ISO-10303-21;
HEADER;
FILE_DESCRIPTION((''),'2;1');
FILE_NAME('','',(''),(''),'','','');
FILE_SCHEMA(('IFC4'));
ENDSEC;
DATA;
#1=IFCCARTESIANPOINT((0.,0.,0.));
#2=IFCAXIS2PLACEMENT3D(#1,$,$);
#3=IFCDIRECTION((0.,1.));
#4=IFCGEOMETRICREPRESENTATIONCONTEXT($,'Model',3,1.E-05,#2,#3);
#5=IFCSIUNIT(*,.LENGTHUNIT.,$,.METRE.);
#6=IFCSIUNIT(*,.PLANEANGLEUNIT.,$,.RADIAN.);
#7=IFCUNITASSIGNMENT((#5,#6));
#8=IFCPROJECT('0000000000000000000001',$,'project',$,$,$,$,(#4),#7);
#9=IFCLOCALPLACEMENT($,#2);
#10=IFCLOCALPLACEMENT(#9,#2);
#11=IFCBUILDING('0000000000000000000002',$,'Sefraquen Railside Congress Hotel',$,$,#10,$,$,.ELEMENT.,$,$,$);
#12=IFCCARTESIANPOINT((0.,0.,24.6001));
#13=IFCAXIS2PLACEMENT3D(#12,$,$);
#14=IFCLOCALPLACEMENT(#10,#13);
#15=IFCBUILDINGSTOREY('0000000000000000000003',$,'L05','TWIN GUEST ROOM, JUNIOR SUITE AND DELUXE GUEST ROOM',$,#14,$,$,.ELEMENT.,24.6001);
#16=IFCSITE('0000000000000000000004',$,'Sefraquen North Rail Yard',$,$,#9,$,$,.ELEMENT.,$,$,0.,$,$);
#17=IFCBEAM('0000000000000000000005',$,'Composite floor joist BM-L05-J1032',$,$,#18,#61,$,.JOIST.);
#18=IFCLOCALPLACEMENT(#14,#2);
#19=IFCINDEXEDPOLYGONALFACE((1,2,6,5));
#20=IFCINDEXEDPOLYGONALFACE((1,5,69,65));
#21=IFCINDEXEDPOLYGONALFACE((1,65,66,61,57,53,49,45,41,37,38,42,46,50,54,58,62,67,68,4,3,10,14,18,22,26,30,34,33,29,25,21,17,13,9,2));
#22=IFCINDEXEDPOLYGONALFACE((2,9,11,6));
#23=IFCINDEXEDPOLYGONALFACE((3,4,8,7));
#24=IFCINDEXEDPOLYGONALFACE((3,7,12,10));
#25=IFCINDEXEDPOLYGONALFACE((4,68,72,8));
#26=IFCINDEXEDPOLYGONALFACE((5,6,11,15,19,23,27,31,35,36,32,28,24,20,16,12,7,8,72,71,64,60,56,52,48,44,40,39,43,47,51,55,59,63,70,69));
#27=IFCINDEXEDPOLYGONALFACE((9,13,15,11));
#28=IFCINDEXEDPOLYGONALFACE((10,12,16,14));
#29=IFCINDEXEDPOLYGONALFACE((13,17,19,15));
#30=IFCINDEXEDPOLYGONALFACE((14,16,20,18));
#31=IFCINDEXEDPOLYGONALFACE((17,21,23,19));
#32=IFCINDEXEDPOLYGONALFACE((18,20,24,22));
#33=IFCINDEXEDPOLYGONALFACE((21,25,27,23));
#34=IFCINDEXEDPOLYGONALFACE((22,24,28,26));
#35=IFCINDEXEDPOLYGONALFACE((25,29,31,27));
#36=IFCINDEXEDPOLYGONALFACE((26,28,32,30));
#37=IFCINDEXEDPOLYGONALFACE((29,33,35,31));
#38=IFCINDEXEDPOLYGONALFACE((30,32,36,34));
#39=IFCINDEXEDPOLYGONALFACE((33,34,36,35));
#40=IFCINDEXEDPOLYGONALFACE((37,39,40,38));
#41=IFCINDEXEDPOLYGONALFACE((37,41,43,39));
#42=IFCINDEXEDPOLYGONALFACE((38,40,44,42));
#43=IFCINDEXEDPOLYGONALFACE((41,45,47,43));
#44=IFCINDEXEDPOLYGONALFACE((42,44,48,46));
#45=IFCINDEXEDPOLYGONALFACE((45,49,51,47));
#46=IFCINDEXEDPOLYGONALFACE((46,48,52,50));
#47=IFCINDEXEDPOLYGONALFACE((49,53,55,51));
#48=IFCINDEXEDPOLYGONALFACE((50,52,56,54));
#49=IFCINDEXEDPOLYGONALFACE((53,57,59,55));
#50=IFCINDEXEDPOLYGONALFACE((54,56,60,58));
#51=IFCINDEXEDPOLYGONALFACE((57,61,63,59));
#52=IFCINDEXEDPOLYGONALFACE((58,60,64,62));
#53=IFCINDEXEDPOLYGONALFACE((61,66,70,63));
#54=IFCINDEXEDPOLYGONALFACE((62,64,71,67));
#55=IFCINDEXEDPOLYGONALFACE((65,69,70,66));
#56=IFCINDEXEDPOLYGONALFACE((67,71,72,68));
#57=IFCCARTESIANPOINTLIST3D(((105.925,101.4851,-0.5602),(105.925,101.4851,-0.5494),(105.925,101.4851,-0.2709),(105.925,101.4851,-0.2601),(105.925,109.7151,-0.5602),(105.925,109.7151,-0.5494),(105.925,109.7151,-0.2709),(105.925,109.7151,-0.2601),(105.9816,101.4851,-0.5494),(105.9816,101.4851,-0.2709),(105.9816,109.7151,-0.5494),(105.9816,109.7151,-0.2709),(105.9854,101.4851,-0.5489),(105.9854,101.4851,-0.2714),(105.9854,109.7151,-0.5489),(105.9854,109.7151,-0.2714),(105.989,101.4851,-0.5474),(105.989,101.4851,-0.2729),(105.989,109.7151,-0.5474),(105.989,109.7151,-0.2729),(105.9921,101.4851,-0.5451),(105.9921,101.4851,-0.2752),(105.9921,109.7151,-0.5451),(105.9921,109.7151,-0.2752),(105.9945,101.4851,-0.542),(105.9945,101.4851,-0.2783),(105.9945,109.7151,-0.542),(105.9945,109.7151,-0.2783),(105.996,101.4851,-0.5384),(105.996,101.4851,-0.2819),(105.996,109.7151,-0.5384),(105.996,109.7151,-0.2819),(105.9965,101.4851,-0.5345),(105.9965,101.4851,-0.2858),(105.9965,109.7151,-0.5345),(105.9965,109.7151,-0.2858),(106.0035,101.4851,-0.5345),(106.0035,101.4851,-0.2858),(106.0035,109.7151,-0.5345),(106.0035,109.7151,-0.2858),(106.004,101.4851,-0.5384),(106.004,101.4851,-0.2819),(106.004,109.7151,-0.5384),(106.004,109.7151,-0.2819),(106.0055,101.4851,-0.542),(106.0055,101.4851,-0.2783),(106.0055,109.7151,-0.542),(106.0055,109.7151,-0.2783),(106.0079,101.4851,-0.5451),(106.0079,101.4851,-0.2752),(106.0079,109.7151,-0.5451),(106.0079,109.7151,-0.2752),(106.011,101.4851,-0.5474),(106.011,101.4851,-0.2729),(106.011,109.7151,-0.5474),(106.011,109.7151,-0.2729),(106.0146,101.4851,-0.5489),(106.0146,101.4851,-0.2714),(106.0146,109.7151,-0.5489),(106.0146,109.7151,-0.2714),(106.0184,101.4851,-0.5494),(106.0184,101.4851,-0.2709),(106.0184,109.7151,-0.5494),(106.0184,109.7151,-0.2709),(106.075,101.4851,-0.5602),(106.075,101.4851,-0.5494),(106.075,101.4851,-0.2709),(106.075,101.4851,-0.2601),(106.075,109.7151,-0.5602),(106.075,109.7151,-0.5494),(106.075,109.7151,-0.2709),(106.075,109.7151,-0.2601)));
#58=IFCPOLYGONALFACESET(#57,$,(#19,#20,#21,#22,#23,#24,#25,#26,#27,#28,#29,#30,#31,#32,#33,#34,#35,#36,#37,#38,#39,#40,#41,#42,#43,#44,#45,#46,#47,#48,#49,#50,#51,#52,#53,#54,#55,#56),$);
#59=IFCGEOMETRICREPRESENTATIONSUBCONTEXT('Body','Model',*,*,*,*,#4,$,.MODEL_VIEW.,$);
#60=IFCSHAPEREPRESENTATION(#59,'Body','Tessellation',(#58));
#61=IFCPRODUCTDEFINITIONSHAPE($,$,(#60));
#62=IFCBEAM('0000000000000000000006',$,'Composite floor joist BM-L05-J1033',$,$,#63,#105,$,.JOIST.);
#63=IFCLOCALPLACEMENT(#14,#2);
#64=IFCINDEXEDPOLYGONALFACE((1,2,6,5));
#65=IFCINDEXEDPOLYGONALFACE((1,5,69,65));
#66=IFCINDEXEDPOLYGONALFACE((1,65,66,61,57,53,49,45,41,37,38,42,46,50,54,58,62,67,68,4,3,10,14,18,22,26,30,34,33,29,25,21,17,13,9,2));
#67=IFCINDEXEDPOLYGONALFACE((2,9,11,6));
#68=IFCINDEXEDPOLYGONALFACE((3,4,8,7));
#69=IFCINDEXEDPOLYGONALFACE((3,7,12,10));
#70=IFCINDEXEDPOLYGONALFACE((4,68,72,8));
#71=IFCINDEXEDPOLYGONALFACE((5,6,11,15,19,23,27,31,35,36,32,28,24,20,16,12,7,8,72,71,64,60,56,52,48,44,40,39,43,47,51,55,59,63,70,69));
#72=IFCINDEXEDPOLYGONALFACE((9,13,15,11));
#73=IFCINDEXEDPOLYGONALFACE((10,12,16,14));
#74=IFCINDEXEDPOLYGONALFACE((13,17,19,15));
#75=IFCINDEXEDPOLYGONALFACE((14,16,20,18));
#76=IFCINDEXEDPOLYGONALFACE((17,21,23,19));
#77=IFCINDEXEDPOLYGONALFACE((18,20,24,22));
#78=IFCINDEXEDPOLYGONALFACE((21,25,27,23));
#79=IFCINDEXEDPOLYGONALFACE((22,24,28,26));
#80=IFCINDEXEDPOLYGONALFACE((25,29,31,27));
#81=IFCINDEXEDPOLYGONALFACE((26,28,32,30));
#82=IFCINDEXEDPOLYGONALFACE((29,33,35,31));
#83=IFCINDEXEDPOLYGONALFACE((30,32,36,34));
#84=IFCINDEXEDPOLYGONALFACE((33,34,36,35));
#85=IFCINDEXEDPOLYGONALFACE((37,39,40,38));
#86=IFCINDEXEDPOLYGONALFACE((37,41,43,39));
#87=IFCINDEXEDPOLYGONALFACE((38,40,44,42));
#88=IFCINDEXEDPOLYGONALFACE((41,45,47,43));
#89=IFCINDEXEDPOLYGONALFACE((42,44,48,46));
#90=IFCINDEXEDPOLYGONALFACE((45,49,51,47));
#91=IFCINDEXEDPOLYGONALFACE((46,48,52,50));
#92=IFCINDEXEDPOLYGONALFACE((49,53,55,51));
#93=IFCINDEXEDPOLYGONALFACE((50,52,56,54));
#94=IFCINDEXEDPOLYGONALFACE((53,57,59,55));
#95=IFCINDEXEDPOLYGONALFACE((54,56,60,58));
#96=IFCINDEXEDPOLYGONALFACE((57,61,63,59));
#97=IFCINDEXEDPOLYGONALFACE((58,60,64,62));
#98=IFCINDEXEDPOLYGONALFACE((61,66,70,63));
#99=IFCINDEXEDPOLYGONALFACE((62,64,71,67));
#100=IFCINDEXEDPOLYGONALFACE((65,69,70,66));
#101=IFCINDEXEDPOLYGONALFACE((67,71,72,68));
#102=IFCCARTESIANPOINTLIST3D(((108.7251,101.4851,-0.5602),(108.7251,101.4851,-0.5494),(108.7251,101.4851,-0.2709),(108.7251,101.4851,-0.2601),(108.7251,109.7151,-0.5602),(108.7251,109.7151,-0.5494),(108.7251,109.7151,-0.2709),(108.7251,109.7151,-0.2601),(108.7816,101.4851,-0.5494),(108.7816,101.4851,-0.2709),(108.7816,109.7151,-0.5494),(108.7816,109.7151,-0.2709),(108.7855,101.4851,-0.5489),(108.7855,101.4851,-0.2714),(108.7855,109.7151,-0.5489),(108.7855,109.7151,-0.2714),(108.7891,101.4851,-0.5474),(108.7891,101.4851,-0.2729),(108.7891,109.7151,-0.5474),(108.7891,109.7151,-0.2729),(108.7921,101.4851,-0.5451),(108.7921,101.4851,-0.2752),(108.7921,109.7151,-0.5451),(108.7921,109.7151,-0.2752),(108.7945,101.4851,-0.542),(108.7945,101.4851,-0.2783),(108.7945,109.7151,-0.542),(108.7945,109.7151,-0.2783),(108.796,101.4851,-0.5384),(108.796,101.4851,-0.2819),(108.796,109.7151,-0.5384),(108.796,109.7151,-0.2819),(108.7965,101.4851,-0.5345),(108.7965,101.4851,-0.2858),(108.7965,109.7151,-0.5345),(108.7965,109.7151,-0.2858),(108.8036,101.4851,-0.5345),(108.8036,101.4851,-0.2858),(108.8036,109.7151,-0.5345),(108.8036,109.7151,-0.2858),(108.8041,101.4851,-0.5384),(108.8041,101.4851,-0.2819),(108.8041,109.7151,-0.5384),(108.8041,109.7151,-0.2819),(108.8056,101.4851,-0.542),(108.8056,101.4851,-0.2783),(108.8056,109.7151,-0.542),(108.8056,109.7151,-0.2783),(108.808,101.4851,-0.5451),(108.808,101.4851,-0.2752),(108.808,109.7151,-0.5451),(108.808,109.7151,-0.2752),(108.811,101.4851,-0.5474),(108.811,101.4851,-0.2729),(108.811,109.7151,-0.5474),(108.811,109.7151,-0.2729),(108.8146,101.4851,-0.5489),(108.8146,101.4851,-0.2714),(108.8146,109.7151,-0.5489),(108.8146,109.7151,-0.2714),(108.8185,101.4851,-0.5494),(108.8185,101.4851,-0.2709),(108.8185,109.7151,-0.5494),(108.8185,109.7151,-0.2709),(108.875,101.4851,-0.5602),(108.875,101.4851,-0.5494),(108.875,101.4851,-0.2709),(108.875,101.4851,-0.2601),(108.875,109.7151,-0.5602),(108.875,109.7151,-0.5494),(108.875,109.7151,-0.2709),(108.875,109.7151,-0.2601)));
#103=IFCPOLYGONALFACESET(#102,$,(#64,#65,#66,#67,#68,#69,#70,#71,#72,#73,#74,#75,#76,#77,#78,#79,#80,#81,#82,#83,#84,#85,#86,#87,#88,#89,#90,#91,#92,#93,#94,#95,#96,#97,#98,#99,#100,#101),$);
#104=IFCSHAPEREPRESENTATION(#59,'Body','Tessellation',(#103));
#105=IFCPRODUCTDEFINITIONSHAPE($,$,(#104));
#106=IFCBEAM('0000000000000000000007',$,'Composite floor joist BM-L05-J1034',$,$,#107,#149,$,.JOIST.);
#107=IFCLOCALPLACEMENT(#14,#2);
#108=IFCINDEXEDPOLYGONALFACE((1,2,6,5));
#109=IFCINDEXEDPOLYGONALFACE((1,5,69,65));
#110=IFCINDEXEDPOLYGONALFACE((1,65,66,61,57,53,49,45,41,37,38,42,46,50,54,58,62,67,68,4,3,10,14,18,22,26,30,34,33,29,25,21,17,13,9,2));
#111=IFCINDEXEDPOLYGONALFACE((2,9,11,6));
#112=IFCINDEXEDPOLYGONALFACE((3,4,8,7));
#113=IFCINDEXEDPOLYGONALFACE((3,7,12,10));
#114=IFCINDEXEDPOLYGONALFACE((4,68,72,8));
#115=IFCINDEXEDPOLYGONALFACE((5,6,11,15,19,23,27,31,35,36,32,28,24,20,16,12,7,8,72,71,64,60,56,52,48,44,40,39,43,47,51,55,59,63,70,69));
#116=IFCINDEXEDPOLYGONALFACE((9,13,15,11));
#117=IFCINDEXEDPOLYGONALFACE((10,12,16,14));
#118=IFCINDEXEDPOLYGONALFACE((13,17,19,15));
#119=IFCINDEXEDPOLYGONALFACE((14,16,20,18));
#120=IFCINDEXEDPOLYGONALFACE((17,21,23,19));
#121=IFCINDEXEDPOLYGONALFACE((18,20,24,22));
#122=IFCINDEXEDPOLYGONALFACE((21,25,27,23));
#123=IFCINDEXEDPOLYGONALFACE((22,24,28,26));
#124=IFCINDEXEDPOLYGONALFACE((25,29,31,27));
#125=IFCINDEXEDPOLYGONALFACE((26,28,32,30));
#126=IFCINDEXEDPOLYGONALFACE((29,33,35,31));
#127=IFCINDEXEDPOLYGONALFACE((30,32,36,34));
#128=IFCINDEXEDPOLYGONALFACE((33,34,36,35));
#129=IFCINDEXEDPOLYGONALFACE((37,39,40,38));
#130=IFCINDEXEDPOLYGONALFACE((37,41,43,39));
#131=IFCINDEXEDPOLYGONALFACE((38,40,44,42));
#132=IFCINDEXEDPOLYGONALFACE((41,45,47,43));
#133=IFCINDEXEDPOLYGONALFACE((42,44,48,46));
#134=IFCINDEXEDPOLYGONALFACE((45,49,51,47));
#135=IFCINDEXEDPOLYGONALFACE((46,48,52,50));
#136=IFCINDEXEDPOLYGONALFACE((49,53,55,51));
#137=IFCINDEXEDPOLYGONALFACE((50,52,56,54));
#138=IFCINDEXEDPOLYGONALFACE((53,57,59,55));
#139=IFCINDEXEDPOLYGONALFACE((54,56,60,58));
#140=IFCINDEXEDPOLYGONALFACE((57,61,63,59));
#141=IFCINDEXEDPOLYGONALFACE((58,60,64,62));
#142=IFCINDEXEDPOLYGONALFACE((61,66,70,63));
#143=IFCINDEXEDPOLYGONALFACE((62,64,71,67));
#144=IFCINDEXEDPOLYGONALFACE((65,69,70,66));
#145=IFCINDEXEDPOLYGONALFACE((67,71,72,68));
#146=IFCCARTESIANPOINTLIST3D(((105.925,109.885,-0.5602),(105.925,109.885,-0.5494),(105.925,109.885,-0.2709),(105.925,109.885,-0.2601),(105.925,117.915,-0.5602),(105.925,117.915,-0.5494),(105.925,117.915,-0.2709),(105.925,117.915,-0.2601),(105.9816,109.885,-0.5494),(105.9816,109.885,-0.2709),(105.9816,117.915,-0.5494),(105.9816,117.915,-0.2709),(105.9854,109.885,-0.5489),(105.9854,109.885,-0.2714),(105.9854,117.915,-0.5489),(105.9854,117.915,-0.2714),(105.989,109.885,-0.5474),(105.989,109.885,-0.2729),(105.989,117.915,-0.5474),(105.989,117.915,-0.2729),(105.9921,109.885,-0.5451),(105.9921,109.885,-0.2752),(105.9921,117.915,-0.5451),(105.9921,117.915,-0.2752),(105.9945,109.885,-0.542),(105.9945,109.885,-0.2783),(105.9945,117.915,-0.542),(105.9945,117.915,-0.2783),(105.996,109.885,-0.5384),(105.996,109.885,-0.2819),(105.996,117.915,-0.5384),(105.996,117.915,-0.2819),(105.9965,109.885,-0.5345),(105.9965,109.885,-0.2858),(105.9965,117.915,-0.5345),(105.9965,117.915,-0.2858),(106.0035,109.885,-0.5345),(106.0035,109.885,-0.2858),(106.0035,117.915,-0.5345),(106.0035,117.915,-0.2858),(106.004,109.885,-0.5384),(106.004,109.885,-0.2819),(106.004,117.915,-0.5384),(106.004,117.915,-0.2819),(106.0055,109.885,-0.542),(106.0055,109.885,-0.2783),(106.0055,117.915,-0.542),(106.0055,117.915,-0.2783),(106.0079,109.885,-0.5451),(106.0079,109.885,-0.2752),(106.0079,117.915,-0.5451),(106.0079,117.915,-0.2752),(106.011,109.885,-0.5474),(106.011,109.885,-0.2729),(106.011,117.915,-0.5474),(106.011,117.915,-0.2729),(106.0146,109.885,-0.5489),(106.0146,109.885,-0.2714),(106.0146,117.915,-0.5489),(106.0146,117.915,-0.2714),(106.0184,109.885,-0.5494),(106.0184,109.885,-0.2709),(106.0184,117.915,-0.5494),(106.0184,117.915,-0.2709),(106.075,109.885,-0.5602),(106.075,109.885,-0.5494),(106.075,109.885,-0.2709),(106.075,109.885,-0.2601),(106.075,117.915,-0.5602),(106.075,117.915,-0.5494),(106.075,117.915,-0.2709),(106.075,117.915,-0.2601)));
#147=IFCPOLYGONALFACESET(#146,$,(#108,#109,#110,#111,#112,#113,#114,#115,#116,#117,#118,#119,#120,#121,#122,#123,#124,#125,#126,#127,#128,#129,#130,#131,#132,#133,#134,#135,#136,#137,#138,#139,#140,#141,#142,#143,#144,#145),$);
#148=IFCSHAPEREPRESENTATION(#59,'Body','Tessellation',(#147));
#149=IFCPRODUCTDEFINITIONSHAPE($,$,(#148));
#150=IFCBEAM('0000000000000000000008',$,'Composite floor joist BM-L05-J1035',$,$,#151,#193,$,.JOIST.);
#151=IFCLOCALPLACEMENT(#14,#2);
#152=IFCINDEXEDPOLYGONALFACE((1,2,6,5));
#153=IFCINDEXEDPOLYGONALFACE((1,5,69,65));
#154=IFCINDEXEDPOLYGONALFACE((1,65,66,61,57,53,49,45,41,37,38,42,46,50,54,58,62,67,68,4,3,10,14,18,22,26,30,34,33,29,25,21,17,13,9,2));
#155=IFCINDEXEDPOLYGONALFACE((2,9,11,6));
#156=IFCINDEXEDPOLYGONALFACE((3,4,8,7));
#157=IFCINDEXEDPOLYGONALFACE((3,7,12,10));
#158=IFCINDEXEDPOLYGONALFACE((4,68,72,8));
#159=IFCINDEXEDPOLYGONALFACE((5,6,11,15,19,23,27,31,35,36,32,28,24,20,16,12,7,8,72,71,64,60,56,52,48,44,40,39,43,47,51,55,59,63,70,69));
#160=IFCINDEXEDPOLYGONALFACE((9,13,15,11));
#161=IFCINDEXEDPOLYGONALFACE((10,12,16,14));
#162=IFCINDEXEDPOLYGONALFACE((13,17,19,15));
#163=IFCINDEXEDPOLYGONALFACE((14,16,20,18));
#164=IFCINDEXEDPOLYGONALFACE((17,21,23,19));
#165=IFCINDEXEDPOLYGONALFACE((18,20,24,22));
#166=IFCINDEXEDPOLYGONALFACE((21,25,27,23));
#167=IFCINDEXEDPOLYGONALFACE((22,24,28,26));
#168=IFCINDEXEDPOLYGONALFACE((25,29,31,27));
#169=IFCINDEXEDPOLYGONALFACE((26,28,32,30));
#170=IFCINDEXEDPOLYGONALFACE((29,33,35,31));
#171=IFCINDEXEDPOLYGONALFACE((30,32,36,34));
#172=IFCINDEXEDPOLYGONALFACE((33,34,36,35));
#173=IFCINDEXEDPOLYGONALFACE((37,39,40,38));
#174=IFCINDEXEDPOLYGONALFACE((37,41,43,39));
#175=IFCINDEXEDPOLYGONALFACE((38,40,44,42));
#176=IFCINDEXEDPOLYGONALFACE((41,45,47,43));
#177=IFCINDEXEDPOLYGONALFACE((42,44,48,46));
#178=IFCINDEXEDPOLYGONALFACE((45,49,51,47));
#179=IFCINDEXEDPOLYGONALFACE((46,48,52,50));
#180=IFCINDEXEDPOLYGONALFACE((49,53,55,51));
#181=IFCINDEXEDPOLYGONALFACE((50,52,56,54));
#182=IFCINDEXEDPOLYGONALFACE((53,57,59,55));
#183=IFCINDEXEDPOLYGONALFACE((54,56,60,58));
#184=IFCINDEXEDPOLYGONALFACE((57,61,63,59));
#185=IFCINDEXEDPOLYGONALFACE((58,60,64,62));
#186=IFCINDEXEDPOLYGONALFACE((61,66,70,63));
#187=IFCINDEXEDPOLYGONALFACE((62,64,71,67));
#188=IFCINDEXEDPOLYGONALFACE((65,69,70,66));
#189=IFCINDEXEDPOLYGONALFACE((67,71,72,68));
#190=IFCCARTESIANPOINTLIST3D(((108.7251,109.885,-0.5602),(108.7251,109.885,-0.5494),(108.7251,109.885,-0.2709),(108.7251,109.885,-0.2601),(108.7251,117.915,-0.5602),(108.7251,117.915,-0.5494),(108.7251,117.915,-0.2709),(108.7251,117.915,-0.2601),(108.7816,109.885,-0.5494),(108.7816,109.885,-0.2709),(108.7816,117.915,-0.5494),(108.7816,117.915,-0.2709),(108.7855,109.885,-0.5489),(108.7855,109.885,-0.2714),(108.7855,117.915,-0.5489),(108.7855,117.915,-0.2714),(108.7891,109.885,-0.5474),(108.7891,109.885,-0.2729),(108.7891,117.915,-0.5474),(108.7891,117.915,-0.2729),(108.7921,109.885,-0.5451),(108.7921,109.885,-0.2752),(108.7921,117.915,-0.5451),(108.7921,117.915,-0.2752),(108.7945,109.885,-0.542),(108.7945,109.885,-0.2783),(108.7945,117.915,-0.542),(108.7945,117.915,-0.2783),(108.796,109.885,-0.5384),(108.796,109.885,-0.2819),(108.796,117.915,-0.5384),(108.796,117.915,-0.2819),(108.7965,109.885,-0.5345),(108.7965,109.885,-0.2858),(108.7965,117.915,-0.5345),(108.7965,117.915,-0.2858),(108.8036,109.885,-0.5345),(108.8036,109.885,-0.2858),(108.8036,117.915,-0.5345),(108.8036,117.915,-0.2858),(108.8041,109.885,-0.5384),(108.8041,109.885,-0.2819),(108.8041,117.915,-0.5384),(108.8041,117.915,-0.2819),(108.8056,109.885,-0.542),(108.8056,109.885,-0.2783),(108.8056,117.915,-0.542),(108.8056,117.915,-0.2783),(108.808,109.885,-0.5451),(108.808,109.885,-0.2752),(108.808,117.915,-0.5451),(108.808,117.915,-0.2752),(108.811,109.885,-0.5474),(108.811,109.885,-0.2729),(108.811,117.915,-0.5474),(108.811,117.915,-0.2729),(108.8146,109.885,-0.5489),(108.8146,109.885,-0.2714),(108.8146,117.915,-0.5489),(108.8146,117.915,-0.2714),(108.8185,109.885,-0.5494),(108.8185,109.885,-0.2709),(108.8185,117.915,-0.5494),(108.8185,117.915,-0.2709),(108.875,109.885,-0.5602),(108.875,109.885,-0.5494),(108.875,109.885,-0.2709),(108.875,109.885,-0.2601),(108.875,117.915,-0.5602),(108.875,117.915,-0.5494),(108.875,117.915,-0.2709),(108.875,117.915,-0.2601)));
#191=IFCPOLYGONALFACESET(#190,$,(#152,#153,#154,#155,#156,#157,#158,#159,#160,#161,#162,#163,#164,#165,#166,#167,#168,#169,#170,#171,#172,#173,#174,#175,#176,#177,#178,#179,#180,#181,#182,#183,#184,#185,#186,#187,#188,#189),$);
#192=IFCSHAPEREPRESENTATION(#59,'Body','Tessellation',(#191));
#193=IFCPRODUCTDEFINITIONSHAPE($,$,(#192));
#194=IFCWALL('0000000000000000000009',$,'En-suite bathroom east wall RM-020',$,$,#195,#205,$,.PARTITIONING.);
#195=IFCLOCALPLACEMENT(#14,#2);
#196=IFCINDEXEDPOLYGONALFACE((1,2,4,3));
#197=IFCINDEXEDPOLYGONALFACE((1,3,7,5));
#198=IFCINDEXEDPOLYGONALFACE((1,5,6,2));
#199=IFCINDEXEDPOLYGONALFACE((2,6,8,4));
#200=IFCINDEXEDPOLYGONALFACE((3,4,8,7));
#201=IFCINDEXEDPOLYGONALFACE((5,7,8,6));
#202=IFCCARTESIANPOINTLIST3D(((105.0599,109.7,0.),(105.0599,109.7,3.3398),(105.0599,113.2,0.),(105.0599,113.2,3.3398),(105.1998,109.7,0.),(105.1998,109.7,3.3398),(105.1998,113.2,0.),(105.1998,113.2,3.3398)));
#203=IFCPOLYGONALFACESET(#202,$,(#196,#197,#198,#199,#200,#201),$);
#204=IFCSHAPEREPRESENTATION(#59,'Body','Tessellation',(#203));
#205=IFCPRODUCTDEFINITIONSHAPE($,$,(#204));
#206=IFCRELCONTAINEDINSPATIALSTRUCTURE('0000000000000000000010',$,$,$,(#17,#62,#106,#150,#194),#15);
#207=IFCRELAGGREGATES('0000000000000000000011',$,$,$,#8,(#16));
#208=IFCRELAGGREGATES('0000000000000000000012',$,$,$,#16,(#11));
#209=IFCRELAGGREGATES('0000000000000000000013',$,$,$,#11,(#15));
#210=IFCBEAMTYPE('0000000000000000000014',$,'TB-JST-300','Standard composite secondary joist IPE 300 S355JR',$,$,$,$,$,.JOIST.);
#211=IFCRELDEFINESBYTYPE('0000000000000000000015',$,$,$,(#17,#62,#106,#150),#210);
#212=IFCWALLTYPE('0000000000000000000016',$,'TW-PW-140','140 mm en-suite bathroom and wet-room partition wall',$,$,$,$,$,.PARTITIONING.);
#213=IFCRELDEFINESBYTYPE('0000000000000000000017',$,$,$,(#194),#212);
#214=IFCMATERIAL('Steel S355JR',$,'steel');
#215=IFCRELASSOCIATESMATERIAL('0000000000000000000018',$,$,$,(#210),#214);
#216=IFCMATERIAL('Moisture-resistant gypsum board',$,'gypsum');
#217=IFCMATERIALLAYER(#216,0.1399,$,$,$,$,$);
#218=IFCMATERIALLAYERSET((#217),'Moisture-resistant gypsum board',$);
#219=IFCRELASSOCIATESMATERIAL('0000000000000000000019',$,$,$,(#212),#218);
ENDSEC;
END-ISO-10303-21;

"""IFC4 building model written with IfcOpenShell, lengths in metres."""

from ifc_helpers import new_model, si_unit, direction, frame, frame_2d, origin, origin_2d, place, context, subcontext, project, spatial, rectangle, i_section, extrude, material, layer, layer_set, material_profile, profile_set, type_object, element, save


model = new_model("IFC4")

# Units and contexts
model_context = context("Model", 3, precision=1e-05, world=origin(), true_north=direction((0.0, 1.0)))
body_context = subcontext(model_context, "Body", "Model", "MODEL_VIEW")
ifc_project = project(units=[si_unit("LENGTHUNIT", "METRE"), si_unit("PLANEANGLEUNIT", "RADIAN")], contexts=[model_context])

# Site, building, storey
site_placement = place(None, origin())
site = spatial("IfcSite", under=ifc_project, at=site_placement, Name="Sefraquen North Rail Yard", CompositionType="ELEMENT", RefElevation=0.0)
building_placement = place(site_placement, origin())
building = spatial("IfcBuilding", under=site, at=building_placement, Name="Sefraquen Railside Congress Hotel", CompositionType="ELEMENT")
storey_placement = place(building_placement, frame((0.0, 0.0, 24.6001)))
storey = spatial("IfcBuildingStorey", under=building, at=storey_placement, Name="L05", Description="TWIN GUEST ROOM, JUNIOR SUITE AND DELUXE GUEST ROOM", CompositionType="ELEMENT", Elevation=24.6001)

# Shared definitions
ifc_material_1 = material(Name="Steel S355JR", Category="steel")

# Beams
ifc_material_profile_1 = material_profile(ifc_material_1, i_section(OverallWidth=0.1499, OverallDepth=0.3, WebThickness=0.0071, FlangeThickness=0.0107, FilletRadius=0.0149, at=origin_2d()), Name="IPE 300")
ifc_profile_set_1 = profile_set([ifc_material_profile_1], Name="Steel S355JR")
beam_type_1 = type_object("IfcBeamType", Name="TB-JST-300", Description="Standard composite secondary joist IPE 300 S355JR", PredefinedType="JOIST", material=ifc_profile_set_1)
for number, where, z_axis, x_axis, name in (
    (1, (106.0, 101.4851, -0.4102), (0.0, 1.0, 0.0), (-1.0, 0.0, 0.0), "Composite floor joist BM-L05-J1032"),
    (2, (108.8, 101.4851, -0.4102), (0.0, 1.0, 0.0), (-1.0, 0.0, 0.0), "Composite floor joist BM-L05-J1033"),
):
    element("IfcBeam", number, at=place(storey_placement, frame(where, z_axis=z_axis, x_axis=x_axis)), inside=storey, type_object=beam_type_1, Name=name, PredefinedType="JOIST", context=body_context, shape_type="SweptSolid", body=[
        extrude(i_section(OverallWidth=0.1499, OverallDepth=0.3, WebThickness=0.0071, FlangeThickness=0.0107, FilletRadius=0.0149, at=origin_2d()), origin(), (0.0, 0.0, 1.0), 8.23),
    ])
for number, where, z_axis, x_axis, name in (
    (3, (106.0, 109.885, -0.4102), (0.0, 1.0, 0.0), (-1.0, 0.0, 0.0), "Composite floor joist BM-L05-J1034"),
    (4, (108.8, 109.885, -0.4102), (0.0, 1.0, 0.0), (-1.0, 0.0, 0.0), "Composite floor joist BM-L05-J1035"),
):
    element("IfcBeam", number, at=place(storey_placement, frame(where, z_axis=z_axis, x_axis=x_axis)), inside=storey, type_object=beam_type_1, Name=name, PredefinedType="JOIST", context=body_context, shape_type="SweptSolid", body=[
        extrude(i_section(OverallWidth=0.1499, OverallDepth=0.3, WebThickness=0.0071, FlangeThickness=0.0107, FilletRadius=0.0149, at=origin_2d()), origin(), (0.0, 0.0, 1.0), 8.03),
    ])

# Wall
ifc_material_2 = material(Name="Moisture-resistant gypsum board", Category="gypsum")
ifc_layer_1 = layer(ifc_material_2, 0.1399)
ifc_layer_set_1 = layer_set([ifc_layer_1], Name="Moisture-resistant gypsum board")
wall_type_1 = type_object("IfcWallType", Name="TW-PW-140", Description="140 mm en-suite bathroom and wet-room partition wall", PredefinedType="PARTITIONING", material=ifc_layer_set_1)
wall_1_placement = place(storey_placement, frame((105.1299, 109.7, 0.0), z_axis=(0.0, 0.0, 1.0), x_axis=(0.0, 1.0, 0.0)))
element("IfcWall", 5, at=wall_1_placement, inside=storey, type_object=wall_type_1, Name="En-suite bathroom east wall RM-020", PredefinedType="PARTITIONING", context=body_context, shape_type="SweptSolid", body=[
    extrude(rectangle(XDim=3.5, YDim=0.1399, at=frame_2d((1.75, 0.0))), origin(), (0.0, 0.0, 1.0), 3.3398),
])

save(model, "model.ifc")
